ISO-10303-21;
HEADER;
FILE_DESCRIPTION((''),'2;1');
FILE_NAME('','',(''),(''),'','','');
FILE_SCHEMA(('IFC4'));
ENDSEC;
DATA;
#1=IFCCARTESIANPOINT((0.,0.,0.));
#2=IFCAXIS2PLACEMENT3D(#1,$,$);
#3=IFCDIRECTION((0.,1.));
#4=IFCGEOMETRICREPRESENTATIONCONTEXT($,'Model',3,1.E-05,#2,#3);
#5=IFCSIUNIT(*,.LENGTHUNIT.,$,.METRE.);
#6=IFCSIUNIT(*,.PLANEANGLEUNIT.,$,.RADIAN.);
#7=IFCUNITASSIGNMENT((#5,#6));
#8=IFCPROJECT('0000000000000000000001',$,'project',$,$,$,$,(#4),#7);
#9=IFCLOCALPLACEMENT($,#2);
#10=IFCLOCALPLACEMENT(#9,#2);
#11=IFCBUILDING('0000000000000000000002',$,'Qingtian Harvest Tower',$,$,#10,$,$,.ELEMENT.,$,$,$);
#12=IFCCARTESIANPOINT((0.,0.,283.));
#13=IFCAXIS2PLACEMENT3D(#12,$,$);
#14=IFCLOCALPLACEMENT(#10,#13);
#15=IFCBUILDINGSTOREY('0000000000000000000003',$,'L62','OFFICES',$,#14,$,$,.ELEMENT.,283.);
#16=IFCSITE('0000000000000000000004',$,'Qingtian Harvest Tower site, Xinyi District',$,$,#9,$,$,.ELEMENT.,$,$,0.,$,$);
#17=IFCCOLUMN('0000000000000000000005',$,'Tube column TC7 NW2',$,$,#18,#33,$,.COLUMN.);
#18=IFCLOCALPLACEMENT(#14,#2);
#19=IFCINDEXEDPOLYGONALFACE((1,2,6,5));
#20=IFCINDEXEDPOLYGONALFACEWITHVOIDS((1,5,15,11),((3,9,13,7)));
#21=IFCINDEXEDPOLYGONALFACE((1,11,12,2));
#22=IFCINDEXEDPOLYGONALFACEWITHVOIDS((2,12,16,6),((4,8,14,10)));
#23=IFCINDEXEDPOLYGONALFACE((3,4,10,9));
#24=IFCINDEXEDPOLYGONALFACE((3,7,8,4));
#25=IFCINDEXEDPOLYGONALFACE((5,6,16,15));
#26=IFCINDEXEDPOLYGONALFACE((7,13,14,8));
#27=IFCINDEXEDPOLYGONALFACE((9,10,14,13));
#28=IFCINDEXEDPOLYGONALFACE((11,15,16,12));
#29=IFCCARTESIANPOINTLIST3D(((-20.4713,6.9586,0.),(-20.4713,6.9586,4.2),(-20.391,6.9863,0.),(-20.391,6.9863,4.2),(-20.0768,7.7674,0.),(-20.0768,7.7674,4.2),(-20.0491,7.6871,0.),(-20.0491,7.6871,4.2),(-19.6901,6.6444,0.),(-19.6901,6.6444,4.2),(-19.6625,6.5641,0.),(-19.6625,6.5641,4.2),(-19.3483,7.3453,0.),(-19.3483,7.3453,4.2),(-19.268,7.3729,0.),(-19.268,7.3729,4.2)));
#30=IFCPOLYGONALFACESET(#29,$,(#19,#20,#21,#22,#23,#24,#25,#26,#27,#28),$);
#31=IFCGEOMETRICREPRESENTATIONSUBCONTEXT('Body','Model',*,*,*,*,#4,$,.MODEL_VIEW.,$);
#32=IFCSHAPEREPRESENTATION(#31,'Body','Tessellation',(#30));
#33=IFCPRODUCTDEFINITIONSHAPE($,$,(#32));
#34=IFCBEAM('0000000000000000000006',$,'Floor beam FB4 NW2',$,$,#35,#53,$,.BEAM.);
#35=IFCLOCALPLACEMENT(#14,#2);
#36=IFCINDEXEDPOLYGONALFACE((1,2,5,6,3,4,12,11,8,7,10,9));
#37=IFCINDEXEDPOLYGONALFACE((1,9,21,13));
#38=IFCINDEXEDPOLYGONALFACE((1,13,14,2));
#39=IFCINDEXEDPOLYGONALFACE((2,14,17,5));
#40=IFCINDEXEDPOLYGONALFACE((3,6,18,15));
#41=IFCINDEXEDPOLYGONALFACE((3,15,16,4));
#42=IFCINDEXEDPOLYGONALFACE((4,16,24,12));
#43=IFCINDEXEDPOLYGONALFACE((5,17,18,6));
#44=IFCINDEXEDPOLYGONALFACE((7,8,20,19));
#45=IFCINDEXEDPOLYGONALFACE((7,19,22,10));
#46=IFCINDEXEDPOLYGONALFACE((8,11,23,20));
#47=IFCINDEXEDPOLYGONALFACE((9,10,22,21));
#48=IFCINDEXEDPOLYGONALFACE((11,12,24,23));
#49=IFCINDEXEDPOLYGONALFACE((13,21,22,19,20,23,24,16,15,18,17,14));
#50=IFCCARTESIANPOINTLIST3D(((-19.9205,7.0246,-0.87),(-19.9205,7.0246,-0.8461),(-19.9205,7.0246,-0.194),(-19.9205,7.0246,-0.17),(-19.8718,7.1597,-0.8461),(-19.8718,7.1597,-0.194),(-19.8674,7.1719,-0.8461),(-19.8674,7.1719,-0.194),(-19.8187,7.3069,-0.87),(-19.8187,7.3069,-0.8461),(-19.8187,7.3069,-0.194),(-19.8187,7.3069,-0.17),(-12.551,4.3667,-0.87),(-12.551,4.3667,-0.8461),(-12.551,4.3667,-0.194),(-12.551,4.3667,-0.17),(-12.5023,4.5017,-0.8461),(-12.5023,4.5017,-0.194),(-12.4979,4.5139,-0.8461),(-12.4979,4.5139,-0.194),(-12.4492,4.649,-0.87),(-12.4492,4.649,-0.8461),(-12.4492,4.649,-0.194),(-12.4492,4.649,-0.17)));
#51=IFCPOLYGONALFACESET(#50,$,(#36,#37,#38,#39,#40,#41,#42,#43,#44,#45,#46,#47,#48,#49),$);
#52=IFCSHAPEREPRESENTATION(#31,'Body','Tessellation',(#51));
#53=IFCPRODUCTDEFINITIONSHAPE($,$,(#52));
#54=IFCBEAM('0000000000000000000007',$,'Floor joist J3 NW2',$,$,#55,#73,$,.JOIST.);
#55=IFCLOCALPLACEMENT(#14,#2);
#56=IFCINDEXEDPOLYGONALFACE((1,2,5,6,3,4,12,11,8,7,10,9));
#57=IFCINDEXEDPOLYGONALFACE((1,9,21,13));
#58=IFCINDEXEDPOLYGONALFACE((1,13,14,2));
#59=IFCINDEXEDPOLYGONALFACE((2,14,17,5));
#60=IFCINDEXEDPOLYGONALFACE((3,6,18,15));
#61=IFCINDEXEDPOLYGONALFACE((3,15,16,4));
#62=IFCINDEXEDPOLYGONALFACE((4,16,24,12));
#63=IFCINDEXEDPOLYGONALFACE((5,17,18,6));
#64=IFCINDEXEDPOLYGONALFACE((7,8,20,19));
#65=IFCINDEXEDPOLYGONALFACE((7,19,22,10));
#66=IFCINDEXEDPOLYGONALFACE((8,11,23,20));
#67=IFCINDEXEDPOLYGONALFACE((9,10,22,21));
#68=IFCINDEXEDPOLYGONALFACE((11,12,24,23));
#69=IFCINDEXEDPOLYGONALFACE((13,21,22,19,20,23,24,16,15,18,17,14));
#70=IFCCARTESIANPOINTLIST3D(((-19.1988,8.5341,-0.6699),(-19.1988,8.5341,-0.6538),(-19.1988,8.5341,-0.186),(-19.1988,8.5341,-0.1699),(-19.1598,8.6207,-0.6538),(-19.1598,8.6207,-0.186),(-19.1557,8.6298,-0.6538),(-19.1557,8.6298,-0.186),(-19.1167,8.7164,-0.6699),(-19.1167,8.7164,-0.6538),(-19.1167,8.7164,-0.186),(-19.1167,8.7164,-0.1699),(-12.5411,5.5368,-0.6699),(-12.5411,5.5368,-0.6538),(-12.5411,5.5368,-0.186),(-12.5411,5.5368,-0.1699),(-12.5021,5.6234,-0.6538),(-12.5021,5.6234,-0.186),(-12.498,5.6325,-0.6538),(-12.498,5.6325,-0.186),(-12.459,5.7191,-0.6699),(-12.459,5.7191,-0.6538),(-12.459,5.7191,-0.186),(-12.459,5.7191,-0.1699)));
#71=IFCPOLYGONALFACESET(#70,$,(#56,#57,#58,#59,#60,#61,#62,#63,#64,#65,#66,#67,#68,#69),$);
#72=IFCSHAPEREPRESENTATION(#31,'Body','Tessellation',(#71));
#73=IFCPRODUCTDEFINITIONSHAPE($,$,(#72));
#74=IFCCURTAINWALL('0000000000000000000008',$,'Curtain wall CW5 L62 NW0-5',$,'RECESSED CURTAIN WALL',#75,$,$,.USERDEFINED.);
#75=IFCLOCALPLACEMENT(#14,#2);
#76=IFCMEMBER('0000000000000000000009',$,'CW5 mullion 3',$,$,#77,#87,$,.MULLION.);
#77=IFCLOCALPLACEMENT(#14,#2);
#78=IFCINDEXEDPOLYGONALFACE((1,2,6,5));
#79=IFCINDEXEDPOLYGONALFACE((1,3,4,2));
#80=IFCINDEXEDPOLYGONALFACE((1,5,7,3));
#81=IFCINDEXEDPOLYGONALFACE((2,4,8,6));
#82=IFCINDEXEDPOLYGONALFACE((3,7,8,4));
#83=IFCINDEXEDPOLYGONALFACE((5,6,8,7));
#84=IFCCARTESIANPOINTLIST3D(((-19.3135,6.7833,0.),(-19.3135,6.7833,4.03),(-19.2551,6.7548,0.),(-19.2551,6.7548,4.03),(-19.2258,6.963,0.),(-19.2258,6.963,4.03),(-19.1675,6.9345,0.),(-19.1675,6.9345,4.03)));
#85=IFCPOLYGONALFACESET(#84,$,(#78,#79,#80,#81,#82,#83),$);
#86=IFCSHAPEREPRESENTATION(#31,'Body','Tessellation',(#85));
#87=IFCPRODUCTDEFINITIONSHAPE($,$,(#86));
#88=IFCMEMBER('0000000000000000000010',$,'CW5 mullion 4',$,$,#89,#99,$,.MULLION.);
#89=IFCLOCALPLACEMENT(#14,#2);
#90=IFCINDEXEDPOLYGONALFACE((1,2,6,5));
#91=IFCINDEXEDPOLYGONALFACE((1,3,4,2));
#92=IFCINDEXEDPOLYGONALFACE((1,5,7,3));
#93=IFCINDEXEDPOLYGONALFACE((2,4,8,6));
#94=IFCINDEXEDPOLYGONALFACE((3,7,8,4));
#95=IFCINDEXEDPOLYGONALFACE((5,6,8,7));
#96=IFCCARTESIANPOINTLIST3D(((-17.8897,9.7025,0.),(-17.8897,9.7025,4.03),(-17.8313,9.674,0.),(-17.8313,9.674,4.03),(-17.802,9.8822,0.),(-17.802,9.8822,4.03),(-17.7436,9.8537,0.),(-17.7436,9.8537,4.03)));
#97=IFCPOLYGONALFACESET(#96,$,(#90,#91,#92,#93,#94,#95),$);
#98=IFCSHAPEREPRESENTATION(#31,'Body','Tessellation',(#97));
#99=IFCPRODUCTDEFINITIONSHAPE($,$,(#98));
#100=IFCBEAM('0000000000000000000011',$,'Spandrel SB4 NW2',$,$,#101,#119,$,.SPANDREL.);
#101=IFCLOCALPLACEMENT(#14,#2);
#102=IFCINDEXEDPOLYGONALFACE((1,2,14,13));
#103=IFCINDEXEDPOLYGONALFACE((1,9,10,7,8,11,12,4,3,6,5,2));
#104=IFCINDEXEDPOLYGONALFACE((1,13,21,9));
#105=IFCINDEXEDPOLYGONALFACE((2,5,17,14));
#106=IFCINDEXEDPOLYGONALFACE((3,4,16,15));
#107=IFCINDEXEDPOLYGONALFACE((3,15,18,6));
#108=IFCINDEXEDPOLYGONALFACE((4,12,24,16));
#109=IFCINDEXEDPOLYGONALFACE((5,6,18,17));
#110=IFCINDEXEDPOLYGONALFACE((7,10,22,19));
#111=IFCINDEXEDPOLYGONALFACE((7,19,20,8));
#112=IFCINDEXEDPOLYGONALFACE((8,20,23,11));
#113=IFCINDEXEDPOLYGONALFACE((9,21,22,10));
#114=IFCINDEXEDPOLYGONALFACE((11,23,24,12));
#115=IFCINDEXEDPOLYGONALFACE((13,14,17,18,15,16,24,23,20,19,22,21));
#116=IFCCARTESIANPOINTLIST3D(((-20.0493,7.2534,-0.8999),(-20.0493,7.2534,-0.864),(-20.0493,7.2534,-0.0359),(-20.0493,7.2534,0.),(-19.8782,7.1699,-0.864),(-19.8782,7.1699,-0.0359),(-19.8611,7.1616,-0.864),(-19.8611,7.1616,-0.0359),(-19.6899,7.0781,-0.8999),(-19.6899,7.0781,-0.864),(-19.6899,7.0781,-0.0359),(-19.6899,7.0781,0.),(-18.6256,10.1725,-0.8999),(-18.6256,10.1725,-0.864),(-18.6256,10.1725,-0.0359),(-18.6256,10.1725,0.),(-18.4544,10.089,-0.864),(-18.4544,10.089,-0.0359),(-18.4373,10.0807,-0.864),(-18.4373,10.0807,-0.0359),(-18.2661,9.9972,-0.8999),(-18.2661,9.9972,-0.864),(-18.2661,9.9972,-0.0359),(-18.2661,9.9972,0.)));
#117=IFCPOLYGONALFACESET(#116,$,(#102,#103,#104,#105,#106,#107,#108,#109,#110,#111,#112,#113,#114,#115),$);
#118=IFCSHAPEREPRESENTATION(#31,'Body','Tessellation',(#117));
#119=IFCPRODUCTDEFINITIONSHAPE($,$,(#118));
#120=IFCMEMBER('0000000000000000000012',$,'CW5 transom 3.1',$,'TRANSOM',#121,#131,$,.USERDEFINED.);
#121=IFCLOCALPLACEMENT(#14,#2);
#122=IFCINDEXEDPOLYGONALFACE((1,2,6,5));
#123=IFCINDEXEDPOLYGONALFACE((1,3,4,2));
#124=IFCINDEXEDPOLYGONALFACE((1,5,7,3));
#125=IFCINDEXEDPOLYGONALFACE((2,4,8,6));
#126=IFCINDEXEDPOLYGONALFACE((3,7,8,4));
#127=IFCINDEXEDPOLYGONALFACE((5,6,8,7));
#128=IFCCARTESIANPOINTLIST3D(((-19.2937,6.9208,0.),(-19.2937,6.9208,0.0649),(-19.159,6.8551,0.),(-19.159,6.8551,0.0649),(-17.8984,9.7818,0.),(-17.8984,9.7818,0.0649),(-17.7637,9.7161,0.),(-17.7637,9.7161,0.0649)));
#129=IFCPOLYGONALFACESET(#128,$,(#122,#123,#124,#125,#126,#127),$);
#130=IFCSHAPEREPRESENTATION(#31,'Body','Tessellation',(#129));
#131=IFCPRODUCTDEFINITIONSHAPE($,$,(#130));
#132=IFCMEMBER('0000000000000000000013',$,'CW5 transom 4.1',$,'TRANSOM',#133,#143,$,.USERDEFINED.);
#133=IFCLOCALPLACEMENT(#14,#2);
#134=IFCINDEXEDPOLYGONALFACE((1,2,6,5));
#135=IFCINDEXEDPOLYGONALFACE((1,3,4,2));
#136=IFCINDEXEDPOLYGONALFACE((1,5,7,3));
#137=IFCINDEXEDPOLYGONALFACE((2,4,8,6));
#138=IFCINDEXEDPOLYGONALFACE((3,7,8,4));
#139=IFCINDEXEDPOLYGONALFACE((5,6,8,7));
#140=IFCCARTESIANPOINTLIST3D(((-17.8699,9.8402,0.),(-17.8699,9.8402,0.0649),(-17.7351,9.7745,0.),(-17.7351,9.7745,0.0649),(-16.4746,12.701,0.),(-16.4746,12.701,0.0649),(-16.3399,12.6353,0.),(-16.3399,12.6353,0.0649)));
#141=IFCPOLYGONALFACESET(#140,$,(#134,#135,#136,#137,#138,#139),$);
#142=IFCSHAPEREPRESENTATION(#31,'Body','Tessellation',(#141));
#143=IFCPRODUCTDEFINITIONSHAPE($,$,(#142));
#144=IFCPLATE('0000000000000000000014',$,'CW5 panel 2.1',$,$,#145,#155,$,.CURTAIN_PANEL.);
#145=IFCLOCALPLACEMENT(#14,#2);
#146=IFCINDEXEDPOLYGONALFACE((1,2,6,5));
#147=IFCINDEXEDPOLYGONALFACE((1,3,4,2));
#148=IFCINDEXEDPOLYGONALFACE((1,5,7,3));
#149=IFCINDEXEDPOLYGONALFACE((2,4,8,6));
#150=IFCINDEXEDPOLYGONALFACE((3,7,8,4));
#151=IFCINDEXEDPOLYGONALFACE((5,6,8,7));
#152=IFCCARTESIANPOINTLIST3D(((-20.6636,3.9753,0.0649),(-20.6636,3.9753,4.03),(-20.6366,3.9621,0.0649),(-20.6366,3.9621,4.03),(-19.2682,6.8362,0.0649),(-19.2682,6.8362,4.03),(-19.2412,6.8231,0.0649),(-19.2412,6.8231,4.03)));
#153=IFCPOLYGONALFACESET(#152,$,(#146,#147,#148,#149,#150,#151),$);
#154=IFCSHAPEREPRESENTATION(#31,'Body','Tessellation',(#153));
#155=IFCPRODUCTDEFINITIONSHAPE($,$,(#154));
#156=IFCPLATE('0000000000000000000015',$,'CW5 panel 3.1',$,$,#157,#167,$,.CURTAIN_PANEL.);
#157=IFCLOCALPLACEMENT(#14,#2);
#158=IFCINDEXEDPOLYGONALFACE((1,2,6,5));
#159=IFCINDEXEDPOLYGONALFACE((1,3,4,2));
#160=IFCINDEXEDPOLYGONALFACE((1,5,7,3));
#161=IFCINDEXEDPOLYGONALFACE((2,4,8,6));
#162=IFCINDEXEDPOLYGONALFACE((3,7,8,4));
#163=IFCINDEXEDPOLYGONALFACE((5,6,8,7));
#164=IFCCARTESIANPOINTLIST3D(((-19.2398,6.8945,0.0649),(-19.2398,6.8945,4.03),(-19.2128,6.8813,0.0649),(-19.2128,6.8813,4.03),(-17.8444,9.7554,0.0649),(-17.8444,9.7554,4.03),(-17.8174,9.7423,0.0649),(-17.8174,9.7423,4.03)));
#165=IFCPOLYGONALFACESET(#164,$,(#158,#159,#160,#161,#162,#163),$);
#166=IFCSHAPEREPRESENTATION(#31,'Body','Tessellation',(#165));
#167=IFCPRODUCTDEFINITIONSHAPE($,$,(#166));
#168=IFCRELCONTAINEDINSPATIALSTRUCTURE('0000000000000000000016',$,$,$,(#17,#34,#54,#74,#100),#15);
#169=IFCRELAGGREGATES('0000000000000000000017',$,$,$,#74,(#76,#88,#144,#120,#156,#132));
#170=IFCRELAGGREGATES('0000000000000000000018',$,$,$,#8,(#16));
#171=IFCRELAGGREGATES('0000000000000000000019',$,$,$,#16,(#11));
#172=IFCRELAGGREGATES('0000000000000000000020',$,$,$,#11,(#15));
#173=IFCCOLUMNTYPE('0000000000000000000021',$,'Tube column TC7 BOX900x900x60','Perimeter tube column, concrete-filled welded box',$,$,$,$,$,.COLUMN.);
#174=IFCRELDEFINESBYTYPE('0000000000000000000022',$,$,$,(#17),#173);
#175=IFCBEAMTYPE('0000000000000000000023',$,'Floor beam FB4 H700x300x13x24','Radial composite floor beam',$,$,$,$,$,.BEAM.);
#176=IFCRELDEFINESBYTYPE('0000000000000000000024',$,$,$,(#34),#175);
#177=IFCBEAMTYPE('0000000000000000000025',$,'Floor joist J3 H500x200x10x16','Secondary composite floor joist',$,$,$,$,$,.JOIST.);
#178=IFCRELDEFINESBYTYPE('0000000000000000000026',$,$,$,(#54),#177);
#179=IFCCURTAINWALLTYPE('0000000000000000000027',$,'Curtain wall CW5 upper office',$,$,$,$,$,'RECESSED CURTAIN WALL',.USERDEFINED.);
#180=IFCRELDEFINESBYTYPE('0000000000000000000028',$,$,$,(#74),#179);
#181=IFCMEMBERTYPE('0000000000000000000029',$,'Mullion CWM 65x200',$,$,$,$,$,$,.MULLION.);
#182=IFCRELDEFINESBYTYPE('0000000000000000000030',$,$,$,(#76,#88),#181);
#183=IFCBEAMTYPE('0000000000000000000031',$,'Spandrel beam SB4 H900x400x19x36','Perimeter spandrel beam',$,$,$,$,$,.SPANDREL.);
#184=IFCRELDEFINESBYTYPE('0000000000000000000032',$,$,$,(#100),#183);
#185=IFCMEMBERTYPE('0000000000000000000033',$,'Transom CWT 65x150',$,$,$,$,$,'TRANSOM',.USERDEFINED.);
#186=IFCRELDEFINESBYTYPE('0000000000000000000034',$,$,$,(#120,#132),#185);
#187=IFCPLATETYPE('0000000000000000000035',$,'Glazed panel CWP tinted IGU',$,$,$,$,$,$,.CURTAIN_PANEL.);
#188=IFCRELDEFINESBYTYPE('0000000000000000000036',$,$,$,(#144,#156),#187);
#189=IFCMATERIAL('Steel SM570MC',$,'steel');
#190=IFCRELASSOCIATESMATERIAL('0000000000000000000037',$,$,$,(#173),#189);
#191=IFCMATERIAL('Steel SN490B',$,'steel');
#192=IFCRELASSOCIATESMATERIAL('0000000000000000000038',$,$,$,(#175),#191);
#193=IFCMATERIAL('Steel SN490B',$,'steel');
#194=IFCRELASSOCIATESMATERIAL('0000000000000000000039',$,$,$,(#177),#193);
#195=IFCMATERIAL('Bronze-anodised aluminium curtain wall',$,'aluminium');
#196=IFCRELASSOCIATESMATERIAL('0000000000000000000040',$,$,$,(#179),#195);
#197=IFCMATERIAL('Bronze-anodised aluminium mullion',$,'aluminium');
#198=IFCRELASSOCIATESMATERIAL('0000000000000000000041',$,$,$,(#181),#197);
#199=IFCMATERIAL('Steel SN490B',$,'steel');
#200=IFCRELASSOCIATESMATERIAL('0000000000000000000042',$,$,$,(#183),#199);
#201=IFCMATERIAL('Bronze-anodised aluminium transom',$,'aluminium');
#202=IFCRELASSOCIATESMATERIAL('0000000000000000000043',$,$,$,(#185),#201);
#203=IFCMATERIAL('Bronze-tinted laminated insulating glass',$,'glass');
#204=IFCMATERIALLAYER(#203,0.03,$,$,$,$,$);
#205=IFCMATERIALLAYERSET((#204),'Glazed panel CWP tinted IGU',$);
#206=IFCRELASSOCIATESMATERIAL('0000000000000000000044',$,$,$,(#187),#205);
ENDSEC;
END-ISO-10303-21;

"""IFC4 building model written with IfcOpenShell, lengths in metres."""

from ifc_helpers import new_model, si_unit, direction, frame, origin, origin_2d, place, context, subcontext, project, spatial, rectangle, hollow_rectangle, i_section, extrude, material, layer, layer_set, material_profile, profile_set, type_object, element, aggregate, save


model = new_model("IFC4")

# Units and contexts
model_context = context("Model", 3, precision=1e-05, world=origin(), true_north=direction((0.0, 1.0)))
body_context = subcontext(model_context, "Body", "Model", "MODEL_VIEW")
ifc_project = project(units=[si_unit("LENGTHUNIT", "METRE"), si_unit("PLANEANGLEUNIT", "RADIAN")], contexts=[model_context])

# Site, building, storey
site_placement = place(None, origin())
site = spatial("IfcSite", under=ifc_project, at=site_placement, Name="Qingtian Harvest Tower site, Xinyi District", CompositionType="ELEMENT", RefElevation=0.0)
building_placement = place(site_placement, origin())
building = spatial("IfcBuilding", under=site, at=building_placement, Name="Qingtian Harvest Tower", CompositionType="ELEMENT")
storey_placement = place(building_placement, frame((0.0, 0.0, 283.0)))
storey = spatial("IfcBuildingStorey", under=building, at=storey_placement, Name="L62", Description="OFFICES", CompositionType="ELEMENT", Elevation=283.0)

# Column
ifc_material_1 = material(Name="Steel SM570MC", Category="steel")
ifc_material_profile_1 = material_profile(ifc_material_1, hollow_rectangle(XDim=0.8999, YDim=0.8999, WallThickness=0.0601, at=origin_2d()), Name="BOX900x900x60")
ifc_profile_set_1 = profile_set([ifc_material_profile_1], Name="Steel SM570MC")
column_type = type_object("IfcColumnType", Name="Tube column TC7 BOX900x900x60", Description="Perimeter tube column, concrete-filled welded box", PredefinedType="COLUMN", material=ifc_profile_set_1)
column_placement = place(storey_placement, frame((-19.8696, 7.1658, 0.0), z_axis=(0.0, 0.0, 1.0), x_axis=(-0.438371, -0.898794, 0.0)))
element("IfcColumn", 1, at=column_placement, inside=storey, type_object=column_type, Name="Tube column TC7 NW2", PredefinedType="COLUMN", context=body_context, shape_type="SweptSolid", body=[
    extrude(hollow_rectangle(XDim=0.8999, YDim=0.8999, WallThickness=0.0601, at=origin_2d()), origin(), (0.0, 0.0, 1.0), 4.2),
])

# Beams
ifc_material_2 = material(Name="Steel SN490B", Category="steel")
ifc_material_profile_2 = material_profile(ifc_material_2, i_section(OverallWidth=0.3, OverallDepth=0.7, WebThickness=0.0129, FlangeThickness=0.0239, at=origin_2d()), Name="H700x300x13x24")
ifc_profile_set_2 = profile_set([ifc_material_profile_2], Name="Steel SN490B")
beam_type_1 = type_object("IfcBeamType", Name="Floor beam FB4 H700x300x13x24", Description="Radial composite floor beam", PredefinedType="BEAM", material=ifc_profile_set_2)
beam_1_placement = place(storey_placement, frame((-19.8696, 7.1658, -0.52), z_axis=(0.940688, -0.339272, 0.0), x_axis=(0.339272, 0.940688, 0.0)))
element("IfcBeam", 2, at=beam_1_placement, inside=storey, type_object=beam_type_1, Name="Floor beam FB4 NW2", PredefinedType="BEAM", context=body_context, shape_type="SweptSolid", body=[
    extrude(i_section(OverallWidth=0.3, OverallDepth=0.7, WebThickness=0.0129, FlangeThickness=0.0239, at=origin_2d()), origin(), (0.0, 0.0, 1.0), 7.8342),
])
ifc_material_3 = material(Name="Steel SN490B", Category="steel")
ifc_material_profile_3 = material_profile(ifc_material_3, i_section(OverallWidth=0.2, OverallDepth=0.5, WebThickness=0.01, FlangeThickness=0.0161, at=origin_2d()), Name="H500x200x10x16")
ifc_profile_set_3 = profile_set([ifc_material_profile_3], Name="Steel SN490B")
beam_type_2 = type_object("IfcBeamType", Name="Floor joist J3 H500x200x10x16", Description="Secondary composite floor joist", PredefinedType="JOIST", material=ifc_profile_set_3)
beam_2_placement = place(storey_placement, frame((-19.1577, 8.6252, -0.4199), z_axis=(0.911853, -0.410518, 0.0), x_axis=(0.410518, 0.911853, 0.0)))
element("IfcBeam", 3, at=beam_2_placement, inside=storey, type_object=beam_type_2, Name="Floor joist J3 NW2", PredefinedType="JOIST", context=body_context, shape_type="SweptSolid", body=[
    extrude(i_section(OverallWidth=0.2, OverallDepth=0.5, WebThickness=0.01, FlangeThickness=0.0161, at=origin_2d()), origin(), (0.0, 0.0, 1.0), 7.3013),
])

# Curtain wall, members
ifc_material_4 = material(Name="Bronze-anodised aluminium curtain wall", Category="aluminium")
curtain_wall_type = type_object("IfcCurtainWallType", Name="Curtain wall CW5 upper office", ElementType="RECESSED CURTAIN WALL", PredefinedType="USERDEFINED", material=ifc_material_4)
curtain_wall_placement = place(storey_placement, origin())
curtain_wall = element("IfcCurtainWall", 4, at=curtain_wall_placement, inside=storey, type_object=curtain_wall_type, Name="Curtain wall CW5 L62 NW0-5", ObjectType="RECESSED CURTAIN WALL", PredefinedType="USERDEFINED")
ifc_material_5 = material(Name="Bronze-anodised aluminium mullion", Category="aluminium")
ifc_material_profile_4 = material_profile(ifc_material_5, rectangle(XDim=0.0649, YDim=0.2, at=origin_2d()), Name="AL 65x200")
ifc_profile_set_4 = profile_set([ifc_material_profile_4], Name="Bronze-anodised aluminium mullion")
member_type_1 = type_object("IfcMemberType", Name="Mullion CWM 65x200", PredefinedType="MULLION", material=ifc_profile_set_4)
member_1_placement = place(storey_placement, frame((-19.2405, 6.8589, 0.0), z_axis=(0.0, 0.0, 1.0), x_axis=(-0.898794, 0.438371, 0.0)))
member_1 = element("IfcMember", 5, at=member_1_placement, type_object=member_type_1, Name="CW5 mullion 3", PredefinedType="MULLION", context=body_context, shape_type="SweptSolid", body=[
    extrude(rectangle(XDim=0.0649, YDim=0.2, at=origin_2d()), origin(), (0.0, 0.0, 1.0), 4.03),
])
member_2_placement = place(storey_placement, frame((-17.8167, 9.7781, 0.0), z_axis=(0.0, 0.0, 1.0), x_axis=(-0.898794, 0.438371, 0.0)))
member_2 = element("IfcMember", 6, at=member_2_placement, type_object=member_type_1, Name="CW5 mullion 4", PredefinedType="MULLION", context=body_context, shape_type="SweptSolid", body=[
    extrude(rectangle(XDim=0.0649, YDim=0.2, at=origin_2d()), origin(), (0.0, 0.0, 1.0), 4.03),
])

# Beam
ifc_material_6 = material(Name="Steel SN490B", Category="steel")
ifc_material_profile_5 = material_profile(ifc_material_6, i_section(OverallWidth=0.3999, OverallDepth=0.8999, WebThickness=0.019, FlangeThickness=0.0359, at=origin_2d()), Name="H900x400x19x36")
ifc_profile_set_5 = profile_set([ifc_material_profile_5], Name="Steel SN490B")
beam_type_3 = type_object("IfcBeamType", Name="Spandrel beam SB4 H900x400x19x36", Description="Perimeter spandrel beam", PredefinedType="SPANDREL", material=ifc_profile_set_5)
beam_3_placement = place(storey_placement, frame((-19.8696, 7.1658, -0.45), z_axis=(0.438382, 0.898789, 0.0), x_axis=(-0.898789, 0.438382, 0.0)))
element("IfcBeam", 7, at=beam_3_placement, inside=storey, type_object=beam_type_3, Name="Spandrel SB4 NW2", PredefinedType="SPANDREL", context=body_context, shape_type="SweptSolid", body=[
    extrude(i_section(OverallWidth=0.3999, OverallDepth=0.8999, WebThickness=0.019, FlangeThickness=0.0359, at=origin_2d()), origin(), (0.0, 0.0, 1.0), 3.2478),
])

# Members
ifc_material_7 = material(Name="Bronze-anodised aluminium transom", Category="aluminium")
ifc_material_profile_6 = material_profile(ifc_material_7, rectangle(XDim=0.1499, YDim=0.0649, at=origin_2d()), Name="AL 65x150")
ifc_profile_set_6 = profile_set([ifc_material_profile_6], Name="Bronze-anodised aluminium transom")
member_type_2 = type_object("IfcMemberType", Name="Transom CWT 65x150", ElementType="TRANSOM", PredefinedType="USERDEFINED", material=ifc_profile_set_6)
member_3_placement = place(storey_placement, frame((-19.2263, 6.8879, 0.0325), z_axis=(0.438325, 0.898816, 0.0), x_axis=(-0.898816, 0.438325, 0.0)))
member_3 = element("IfcMember", 8, at=member_3_placement, type_object=member_type_2, Name="CW5 transom 3.1", ObjectType="TRANSOM", PredefinedType="USERDEFINED", context=body_context, shape_type="SweptSolid", body=[
    extrude(rectangle(XDim=0.1499, YDim=0.0649, at=origin_2d()), origin(), (0.0, 0.0, 1.0), 3.1831),
])
member_4_placement = place(storey_placement, frame((-17.8025, 9.8074, 0.0325), z_axis=(0.438356, 0.898802, 0.0), x_axis=(-0.898802, 0.438356, 0.0)))
member_4 = element("IfcMember", 9, at=member_4_placement, type_object=member_type_2, Name="CW5 transom 4.1", ObjectType="TRANSOM", PredefinedType="USERDEFINED", context=body_context, shape_type="SweptSolid", body=[
    extrude(rectangle(XDim=0.1499, YDim=0.0649, at=origin_2d()), origin(), (0.0, 0.0, 1.0), 3.1829),
])

# Plates
ifc_material_8 = material(Name="Bronze-tinted laminated insulating glass", Category="glass")
ifc_layer_1 = layer(ifc_material_8, 0.03)
ifc_layer_set_1 = layer_set([ifc_layer_1], Name="Glazed panel CWP tinted IGU")
plate_type = type_object("IfcPlateType", Name="Glazed panel CWP tinted IGU", PredefinedType="CURTAIN_PANEL", material=ifc_layer_set_1)
plate_1_placement = place(storey_placement, frame((-19.9524, 5.3992, 0.0649), z_axis=(0.0, 0.0, 1.0), x_axis=(0.438371, 0.898794, 0.0)))
plate_1 = element("IfcPlate", 10, at=plate_1_placement, type_object=plate_type, Name="CW5 panel 2.1", PredefinedType="CURTAIN_PANEL", context=body_context, shape_type="SweptSolid", body=[
    extrude(rectangle(XDim=3.1831, YDim=0.03, at=origin_2d()), origin(), (0.0, 0.0, 1.0), 3.9651),
])
plate_2_placement = place(storey_placement, frame((-18.5286, 8.3184, 0.0649), z_axis=(0.0, 0.0, 1.0), x_axis=(0.438371, 0.898794, 0.0)))
plate_2 = element("IfcPlate", 11, at=plate_2_placement, type_object=plate_type, Name="CW5 panel 3.1", PredefinedType="CURTAIN_PANEL", context=body_context, shape_type="SweptSolid", body=[
    extrude(rectangle(XDim=3.1831, YDim=0.03, at=origin_2d()), origin(), (0.0, 0.0, 1.0), 3.9651),
])
aggregate(curtain_wall, [member_1, member_2, plate_1, member_3, plate_2, member_4])

save(model, "model.ifc")
